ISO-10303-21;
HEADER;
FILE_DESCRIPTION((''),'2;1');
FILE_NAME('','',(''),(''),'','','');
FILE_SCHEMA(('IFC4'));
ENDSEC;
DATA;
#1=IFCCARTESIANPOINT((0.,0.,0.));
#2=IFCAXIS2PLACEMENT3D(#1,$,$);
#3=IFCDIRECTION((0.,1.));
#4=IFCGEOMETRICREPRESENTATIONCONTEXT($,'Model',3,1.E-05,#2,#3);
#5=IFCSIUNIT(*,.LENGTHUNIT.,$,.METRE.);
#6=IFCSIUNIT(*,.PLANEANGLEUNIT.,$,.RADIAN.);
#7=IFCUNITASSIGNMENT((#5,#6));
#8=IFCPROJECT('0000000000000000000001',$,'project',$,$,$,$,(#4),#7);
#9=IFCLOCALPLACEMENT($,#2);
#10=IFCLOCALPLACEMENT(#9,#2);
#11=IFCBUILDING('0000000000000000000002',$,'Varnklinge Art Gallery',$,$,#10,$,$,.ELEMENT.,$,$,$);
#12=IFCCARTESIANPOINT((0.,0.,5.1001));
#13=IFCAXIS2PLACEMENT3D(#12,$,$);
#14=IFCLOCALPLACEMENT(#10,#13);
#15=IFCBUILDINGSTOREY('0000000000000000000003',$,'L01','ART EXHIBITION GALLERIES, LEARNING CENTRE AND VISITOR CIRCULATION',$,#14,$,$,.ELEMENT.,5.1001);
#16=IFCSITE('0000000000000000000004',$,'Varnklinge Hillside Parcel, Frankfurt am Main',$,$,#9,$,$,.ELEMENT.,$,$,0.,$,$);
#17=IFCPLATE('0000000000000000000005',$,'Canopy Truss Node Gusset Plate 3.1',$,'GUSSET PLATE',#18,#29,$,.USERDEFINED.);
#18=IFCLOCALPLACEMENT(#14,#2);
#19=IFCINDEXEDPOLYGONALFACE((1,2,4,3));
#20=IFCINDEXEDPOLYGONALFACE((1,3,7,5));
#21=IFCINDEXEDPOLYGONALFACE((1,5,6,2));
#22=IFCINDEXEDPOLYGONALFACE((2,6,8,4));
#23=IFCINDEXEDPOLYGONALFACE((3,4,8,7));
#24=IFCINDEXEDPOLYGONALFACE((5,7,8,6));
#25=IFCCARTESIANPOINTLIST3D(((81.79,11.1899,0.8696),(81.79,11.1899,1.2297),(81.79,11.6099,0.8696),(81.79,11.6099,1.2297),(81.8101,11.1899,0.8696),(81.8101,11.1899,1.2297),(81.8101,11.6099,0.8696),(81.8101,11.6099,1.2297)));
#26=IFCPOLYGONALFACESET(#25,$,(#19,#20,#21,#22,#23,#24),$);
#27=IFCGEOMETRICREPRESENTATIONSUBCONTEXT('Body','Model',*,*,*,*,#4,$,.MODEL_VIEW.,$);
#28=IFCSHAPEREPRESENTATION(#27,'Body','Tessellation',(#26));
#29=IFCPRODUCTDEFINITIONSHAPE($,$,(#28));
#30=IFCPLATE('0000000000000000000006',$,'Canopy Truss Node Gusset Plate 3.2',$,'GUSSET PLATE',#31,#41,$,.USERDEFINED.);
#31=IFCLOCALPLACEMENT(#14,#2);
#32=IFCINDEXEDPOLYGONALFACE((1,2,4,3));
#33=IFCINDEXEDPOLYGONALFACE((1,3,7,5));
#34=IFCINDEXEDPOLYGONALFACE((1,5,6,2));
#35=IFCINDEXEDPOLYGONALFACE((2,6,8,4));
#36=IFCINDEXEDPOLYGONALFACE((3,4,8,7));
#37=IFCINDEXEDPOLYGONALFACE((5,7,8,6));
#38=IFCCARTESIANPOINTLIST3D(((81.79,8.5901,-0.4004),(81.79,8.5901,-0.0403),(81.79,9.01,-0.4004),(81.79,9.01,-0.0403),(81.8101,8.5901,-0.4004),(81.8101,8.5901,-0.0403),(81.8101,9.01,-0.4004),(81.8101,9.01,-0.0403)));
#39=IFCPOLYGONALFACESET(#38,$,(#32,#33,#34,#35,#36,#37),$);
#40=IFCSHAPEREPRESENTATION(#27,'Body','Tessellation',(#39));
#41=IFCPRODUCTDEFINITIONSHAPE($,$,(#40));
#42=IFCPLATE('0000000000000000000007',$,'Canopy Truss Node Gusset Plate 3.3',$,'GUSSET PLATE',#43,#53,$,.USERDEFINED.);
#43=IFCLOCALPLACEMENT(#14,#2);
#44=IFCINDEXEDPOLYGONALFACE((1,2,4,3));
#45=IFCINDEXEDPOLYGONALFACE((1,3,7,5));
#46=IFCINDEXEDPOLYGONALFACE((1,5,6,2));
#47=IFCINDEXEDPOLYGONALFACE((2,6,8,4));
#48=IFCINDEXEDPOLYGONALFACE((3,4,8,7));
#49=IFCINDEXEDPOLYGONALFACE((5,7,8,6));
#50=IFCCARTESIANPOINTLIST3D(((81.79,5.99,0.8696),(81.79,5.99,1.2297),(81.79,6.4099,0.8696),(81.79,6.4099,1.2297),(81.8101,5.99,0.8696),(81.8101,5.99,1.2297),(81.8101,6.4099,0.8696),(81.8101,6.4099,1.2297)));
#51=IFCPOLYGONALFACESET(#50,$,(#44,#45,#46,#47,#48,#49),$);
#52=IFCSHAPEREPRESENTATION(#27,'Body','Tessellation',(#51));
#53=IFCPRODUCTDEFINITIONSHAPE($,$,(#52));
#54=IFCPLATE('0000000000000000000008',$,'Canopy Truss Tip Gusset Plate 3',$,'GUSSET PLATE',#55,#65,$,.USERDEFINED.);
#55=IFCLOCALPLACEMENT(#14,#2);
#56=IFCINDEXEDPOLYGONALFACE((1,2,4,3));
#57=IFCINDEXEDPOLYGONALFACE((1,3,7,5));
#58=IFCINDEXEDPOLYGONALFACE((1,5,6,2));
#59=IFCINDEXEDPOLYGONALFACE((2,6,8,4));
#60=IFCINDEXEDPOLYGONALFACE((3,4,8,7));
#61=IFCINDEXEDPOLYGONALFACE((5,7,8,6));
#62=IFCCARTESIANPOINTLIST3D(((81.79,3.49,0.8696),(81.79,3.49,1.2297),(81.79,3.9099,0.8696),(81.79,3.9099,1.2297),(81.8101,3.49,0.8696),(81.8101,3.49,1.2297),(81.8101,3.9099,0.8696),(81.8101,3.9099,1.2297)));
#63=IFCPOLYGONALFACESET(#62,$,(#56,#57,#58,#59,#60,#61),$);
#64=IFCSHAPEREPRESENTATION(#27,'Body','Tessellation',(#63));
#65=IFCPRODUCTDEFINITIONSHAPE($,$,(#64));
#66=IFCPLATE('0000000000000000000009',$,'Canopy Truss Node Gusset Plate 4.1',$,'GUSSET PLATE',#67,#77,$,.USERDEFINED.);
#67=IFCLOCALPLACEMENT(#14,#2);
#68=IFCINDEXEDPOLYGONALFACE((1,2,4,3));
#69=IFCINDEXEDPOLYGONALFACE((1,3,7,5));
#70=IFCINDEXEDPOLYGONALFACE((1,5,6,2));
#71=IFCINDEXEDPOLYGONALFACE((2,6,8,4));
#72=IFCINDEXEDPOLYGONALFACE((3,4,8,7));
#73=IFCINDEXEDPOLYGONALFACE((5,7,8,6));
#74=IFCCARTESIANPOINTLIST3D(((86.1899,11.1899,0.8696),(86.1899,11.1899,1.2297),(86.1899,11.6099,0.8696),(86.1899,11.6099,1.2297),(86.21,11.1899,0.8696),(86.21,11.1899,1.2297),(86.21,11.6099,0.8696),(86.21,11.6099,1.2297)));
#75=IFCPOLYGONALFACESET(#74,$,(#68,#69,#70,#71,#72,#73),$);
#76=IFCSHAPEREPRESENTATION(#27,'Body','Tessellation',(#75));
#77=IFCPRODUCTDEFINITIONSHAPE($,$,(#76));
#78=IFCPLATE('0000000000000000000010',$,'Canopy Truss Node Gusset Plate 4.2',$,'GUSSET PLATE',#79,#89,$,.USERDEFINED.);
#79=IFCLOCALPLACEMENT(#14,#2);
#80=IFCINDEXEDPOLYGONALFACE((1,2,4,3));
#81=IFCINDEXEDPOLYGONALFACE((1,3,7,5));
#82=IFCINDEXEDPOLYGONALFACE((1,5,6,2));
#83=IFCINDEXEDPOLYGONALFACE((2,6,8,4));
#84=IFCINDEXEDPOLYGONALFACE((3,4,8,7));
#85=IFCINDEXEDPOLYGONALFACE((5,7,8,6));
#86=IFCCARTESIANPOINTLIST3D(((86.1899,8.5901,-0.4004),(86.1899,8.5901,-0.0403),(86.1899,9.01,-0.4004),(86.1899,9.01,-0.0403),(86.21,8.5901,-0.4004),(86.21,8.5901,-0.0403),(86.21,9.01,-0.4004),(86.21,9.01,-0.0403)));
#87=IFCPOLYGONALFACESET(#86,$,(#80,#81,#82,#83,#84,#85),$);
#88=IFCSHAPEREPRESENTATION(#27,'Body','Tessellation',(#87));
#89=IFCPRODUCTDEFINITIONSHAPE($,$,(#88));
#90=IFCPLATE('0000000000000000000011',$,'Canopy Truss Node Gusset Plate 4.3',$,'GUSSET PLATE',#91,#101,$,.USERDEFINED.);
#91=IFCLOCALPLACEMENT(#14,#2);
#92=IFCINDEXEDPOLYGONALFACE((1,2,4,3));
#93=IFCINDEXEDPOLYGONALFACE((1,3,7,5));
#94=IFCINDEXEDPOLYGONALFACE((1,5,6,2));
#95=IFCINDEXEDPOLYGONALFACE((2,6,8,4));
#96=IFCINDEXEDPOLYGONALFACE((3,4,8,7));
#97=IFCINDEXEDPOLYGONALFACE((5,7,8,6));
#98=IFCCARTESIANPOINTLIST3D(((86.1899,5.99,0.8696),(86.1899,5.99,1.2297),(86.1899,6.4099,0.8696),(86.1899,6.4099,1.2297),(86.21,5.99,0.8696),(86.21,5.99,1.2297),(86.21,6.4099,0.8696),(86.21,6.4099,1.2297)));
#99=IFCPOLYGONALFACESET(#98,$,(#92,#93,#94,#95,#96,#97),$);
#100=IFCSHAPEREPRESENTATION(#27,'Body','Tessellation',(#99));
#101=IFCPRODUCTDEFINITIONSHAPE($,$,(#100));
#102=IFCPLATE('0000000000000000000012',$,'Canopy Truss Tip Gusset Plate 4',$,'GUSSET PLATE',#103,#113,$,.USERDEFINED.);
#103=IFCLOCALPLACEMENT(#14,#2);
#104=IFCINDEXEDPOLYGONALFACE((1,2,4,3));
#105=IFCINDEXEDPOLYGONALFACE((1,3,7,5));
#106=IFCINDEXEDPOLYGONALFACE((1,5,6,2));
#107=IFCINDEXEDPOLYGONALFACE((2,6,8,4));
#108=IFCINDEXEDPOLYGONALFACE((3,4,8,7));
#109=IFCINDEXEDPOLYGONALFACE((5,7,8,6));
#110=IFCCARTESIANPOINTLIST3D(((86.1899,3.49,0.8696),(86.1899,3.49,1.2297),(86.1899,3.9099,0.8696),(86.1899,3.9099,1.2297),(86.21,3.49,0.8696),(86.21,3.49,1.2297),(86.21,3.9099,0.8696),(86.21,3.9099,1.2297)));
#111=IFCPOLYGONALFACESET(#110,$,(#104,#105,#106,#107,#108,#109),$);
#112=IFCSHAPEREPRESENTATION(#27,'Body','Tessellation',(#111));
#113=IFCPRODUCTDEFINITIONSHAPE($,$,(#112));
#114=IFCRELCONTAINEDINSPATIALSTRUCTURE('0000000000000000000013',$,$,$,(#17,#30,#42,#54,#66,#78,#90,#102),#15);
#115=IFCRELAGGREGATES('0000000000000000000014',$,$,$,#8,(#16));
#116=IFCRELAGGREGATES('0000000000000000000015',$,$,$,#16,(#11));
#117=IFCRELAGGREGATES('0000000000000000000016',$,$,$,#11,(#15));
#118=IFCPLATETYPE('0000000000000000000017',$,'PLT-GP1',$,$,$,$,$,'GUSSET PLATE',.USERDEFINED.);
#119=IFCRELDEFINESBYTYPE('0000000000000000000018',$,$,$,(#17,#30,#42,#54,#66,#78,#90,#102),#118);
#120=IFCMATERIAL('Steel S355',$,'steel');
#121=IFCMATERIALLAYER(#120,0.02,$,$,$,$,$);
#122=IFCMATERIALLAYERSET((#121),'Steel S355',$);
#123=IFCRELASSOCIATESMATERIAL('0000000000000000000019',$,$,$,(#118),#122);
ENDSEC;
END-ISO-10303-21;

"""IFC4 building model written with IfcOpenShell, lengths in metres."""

from ifc_helpers import new_model, si_unit, direction, frame, origin, origin_2d, place, context, subcontext, project, spatial, rectangle, extrude, material, layer, layer_set, type_object, element, save


model = new_model("IFC4")

# Units and contexts
model_context = context("Model", 3, precision=1e-05, world=origin(), true_north=direction((0.0, 1.0)))
body_context = subcontext(model_context, "Body", "Model", "MODEL_VIEW")
ifc_project = project(units=[si_unit("LENGTHUNIT", "METRE"), si_unit("PLANEANGLEUNIT", "RADIAN")], contexts=[model_context])

# Site, building, storey
site_placement = place(None, origin())
site = spatial("IfcSite", under=ifc_project, at=site_placement, Name="Varnklinge Hillside Parcel, Frankfurt am Main", CompositionType="ELEMENT", RefElevation=0.0)
building_placement = place(site_placement, origin())
building = spatial("IfcBuilding", under=site, at=building_placement, Name="Varnklinge Art Gallery", CompositionType="ELEMENT")
storey_placement = place(building_placement, frame((0.0, 0.0, 5.1001)))
storey = spatial("IfcBuildingStorey", under=building, at=storey_placement, Name="L01", Description="ART EXHIBITION GALLERIES, LEARNING CENTRE AND VISITOR CIRCULATION", CompositionType="ELEMENT", Elevation=5.1001)

# Plates
ifc_material_1 = material(Name="Steel S355", Category="steel")
ifc_layer_1 = layer(ifc_material_1, 0.02)
ifc_layer_set_1 = layer_set([ifc_layer_1], Name="Steel S355")
plate_type_1 = type_object("IfcPlateType", Name="PLT-GP1", ElementType="GUSSET PLATE", PredefinedType="USERDEFINED", material=ifc_layer_set_1)
for number, where, z_axis, x_axis, name in (
    (1, (81.8, 11.3999, 0.8696), (0.0, 0.0, 1.0), (0.0, 1.0, 0.0), "Canopy Truss Node Gusset Plate 3.1"),
    (2, (81.8, 8.8, -0.4004), (0.0, 0.0, 1.0), (0.0, 1.0, 0.0), "Canopy Truss Node Gusset Plate 3.2"),
    (3, (81.8, 6.2, 0.8696), (0.0, 0.0, 1.0), (0.0, 1.0, 0.0), "Canopy Truss Node Gusset Plate 3.3"),
    (4, (81.8, 3.7, 0.8696), (0.0, 0.0, 1.0), (0.0, 1.0, 0.0), "Canopy Truss Tip Gusset Plate 3"),
    (5, (86.2, 11.3999, 0.8696), (0.0, 0.0, 1.0), (0.0, 1.0, 0.0), "Canopy Truss Node Gusset Plate 4.1"),
    (6, (86.2, 8.8, -0.4004), (0.0, 0.0, 1.0), (0.0, 1.0, 0.0), "Canopy Truss Node Gusset Plate 4.2"),
    (7, (86.2, 6.2, 0.8696), (0.0, 0.0, 1.0), (0.0, 1.0, 0.0), "Canopy Truss Node Gusset Plate 4.3"),
    (8, (86.2, 3.7, 0.8696), (0.0, 0.0, 1.0), (0.0, 1.0, 0.0), "Canopy Truss Tip Gusset Plate 4"),
):
    element("IfcPlate", number, at=place(storey_placement, frame(where, z_axis=z_axis, x_axis=x_axis)), inside=storey, type_object=plate_type_1, Name=name, ObjectType="GUSSET PLATE", PredefinedType="USERDEFINED", context=body_context, shape_type="SweptSolid", body=[
        extrude(rectangle(XDim=0.4199, YDim=0.02, at=origin_2d()), origin(), (0.0, 0.0, 1.0), 0.3601),
    ])

save(model, "model.ifc")
